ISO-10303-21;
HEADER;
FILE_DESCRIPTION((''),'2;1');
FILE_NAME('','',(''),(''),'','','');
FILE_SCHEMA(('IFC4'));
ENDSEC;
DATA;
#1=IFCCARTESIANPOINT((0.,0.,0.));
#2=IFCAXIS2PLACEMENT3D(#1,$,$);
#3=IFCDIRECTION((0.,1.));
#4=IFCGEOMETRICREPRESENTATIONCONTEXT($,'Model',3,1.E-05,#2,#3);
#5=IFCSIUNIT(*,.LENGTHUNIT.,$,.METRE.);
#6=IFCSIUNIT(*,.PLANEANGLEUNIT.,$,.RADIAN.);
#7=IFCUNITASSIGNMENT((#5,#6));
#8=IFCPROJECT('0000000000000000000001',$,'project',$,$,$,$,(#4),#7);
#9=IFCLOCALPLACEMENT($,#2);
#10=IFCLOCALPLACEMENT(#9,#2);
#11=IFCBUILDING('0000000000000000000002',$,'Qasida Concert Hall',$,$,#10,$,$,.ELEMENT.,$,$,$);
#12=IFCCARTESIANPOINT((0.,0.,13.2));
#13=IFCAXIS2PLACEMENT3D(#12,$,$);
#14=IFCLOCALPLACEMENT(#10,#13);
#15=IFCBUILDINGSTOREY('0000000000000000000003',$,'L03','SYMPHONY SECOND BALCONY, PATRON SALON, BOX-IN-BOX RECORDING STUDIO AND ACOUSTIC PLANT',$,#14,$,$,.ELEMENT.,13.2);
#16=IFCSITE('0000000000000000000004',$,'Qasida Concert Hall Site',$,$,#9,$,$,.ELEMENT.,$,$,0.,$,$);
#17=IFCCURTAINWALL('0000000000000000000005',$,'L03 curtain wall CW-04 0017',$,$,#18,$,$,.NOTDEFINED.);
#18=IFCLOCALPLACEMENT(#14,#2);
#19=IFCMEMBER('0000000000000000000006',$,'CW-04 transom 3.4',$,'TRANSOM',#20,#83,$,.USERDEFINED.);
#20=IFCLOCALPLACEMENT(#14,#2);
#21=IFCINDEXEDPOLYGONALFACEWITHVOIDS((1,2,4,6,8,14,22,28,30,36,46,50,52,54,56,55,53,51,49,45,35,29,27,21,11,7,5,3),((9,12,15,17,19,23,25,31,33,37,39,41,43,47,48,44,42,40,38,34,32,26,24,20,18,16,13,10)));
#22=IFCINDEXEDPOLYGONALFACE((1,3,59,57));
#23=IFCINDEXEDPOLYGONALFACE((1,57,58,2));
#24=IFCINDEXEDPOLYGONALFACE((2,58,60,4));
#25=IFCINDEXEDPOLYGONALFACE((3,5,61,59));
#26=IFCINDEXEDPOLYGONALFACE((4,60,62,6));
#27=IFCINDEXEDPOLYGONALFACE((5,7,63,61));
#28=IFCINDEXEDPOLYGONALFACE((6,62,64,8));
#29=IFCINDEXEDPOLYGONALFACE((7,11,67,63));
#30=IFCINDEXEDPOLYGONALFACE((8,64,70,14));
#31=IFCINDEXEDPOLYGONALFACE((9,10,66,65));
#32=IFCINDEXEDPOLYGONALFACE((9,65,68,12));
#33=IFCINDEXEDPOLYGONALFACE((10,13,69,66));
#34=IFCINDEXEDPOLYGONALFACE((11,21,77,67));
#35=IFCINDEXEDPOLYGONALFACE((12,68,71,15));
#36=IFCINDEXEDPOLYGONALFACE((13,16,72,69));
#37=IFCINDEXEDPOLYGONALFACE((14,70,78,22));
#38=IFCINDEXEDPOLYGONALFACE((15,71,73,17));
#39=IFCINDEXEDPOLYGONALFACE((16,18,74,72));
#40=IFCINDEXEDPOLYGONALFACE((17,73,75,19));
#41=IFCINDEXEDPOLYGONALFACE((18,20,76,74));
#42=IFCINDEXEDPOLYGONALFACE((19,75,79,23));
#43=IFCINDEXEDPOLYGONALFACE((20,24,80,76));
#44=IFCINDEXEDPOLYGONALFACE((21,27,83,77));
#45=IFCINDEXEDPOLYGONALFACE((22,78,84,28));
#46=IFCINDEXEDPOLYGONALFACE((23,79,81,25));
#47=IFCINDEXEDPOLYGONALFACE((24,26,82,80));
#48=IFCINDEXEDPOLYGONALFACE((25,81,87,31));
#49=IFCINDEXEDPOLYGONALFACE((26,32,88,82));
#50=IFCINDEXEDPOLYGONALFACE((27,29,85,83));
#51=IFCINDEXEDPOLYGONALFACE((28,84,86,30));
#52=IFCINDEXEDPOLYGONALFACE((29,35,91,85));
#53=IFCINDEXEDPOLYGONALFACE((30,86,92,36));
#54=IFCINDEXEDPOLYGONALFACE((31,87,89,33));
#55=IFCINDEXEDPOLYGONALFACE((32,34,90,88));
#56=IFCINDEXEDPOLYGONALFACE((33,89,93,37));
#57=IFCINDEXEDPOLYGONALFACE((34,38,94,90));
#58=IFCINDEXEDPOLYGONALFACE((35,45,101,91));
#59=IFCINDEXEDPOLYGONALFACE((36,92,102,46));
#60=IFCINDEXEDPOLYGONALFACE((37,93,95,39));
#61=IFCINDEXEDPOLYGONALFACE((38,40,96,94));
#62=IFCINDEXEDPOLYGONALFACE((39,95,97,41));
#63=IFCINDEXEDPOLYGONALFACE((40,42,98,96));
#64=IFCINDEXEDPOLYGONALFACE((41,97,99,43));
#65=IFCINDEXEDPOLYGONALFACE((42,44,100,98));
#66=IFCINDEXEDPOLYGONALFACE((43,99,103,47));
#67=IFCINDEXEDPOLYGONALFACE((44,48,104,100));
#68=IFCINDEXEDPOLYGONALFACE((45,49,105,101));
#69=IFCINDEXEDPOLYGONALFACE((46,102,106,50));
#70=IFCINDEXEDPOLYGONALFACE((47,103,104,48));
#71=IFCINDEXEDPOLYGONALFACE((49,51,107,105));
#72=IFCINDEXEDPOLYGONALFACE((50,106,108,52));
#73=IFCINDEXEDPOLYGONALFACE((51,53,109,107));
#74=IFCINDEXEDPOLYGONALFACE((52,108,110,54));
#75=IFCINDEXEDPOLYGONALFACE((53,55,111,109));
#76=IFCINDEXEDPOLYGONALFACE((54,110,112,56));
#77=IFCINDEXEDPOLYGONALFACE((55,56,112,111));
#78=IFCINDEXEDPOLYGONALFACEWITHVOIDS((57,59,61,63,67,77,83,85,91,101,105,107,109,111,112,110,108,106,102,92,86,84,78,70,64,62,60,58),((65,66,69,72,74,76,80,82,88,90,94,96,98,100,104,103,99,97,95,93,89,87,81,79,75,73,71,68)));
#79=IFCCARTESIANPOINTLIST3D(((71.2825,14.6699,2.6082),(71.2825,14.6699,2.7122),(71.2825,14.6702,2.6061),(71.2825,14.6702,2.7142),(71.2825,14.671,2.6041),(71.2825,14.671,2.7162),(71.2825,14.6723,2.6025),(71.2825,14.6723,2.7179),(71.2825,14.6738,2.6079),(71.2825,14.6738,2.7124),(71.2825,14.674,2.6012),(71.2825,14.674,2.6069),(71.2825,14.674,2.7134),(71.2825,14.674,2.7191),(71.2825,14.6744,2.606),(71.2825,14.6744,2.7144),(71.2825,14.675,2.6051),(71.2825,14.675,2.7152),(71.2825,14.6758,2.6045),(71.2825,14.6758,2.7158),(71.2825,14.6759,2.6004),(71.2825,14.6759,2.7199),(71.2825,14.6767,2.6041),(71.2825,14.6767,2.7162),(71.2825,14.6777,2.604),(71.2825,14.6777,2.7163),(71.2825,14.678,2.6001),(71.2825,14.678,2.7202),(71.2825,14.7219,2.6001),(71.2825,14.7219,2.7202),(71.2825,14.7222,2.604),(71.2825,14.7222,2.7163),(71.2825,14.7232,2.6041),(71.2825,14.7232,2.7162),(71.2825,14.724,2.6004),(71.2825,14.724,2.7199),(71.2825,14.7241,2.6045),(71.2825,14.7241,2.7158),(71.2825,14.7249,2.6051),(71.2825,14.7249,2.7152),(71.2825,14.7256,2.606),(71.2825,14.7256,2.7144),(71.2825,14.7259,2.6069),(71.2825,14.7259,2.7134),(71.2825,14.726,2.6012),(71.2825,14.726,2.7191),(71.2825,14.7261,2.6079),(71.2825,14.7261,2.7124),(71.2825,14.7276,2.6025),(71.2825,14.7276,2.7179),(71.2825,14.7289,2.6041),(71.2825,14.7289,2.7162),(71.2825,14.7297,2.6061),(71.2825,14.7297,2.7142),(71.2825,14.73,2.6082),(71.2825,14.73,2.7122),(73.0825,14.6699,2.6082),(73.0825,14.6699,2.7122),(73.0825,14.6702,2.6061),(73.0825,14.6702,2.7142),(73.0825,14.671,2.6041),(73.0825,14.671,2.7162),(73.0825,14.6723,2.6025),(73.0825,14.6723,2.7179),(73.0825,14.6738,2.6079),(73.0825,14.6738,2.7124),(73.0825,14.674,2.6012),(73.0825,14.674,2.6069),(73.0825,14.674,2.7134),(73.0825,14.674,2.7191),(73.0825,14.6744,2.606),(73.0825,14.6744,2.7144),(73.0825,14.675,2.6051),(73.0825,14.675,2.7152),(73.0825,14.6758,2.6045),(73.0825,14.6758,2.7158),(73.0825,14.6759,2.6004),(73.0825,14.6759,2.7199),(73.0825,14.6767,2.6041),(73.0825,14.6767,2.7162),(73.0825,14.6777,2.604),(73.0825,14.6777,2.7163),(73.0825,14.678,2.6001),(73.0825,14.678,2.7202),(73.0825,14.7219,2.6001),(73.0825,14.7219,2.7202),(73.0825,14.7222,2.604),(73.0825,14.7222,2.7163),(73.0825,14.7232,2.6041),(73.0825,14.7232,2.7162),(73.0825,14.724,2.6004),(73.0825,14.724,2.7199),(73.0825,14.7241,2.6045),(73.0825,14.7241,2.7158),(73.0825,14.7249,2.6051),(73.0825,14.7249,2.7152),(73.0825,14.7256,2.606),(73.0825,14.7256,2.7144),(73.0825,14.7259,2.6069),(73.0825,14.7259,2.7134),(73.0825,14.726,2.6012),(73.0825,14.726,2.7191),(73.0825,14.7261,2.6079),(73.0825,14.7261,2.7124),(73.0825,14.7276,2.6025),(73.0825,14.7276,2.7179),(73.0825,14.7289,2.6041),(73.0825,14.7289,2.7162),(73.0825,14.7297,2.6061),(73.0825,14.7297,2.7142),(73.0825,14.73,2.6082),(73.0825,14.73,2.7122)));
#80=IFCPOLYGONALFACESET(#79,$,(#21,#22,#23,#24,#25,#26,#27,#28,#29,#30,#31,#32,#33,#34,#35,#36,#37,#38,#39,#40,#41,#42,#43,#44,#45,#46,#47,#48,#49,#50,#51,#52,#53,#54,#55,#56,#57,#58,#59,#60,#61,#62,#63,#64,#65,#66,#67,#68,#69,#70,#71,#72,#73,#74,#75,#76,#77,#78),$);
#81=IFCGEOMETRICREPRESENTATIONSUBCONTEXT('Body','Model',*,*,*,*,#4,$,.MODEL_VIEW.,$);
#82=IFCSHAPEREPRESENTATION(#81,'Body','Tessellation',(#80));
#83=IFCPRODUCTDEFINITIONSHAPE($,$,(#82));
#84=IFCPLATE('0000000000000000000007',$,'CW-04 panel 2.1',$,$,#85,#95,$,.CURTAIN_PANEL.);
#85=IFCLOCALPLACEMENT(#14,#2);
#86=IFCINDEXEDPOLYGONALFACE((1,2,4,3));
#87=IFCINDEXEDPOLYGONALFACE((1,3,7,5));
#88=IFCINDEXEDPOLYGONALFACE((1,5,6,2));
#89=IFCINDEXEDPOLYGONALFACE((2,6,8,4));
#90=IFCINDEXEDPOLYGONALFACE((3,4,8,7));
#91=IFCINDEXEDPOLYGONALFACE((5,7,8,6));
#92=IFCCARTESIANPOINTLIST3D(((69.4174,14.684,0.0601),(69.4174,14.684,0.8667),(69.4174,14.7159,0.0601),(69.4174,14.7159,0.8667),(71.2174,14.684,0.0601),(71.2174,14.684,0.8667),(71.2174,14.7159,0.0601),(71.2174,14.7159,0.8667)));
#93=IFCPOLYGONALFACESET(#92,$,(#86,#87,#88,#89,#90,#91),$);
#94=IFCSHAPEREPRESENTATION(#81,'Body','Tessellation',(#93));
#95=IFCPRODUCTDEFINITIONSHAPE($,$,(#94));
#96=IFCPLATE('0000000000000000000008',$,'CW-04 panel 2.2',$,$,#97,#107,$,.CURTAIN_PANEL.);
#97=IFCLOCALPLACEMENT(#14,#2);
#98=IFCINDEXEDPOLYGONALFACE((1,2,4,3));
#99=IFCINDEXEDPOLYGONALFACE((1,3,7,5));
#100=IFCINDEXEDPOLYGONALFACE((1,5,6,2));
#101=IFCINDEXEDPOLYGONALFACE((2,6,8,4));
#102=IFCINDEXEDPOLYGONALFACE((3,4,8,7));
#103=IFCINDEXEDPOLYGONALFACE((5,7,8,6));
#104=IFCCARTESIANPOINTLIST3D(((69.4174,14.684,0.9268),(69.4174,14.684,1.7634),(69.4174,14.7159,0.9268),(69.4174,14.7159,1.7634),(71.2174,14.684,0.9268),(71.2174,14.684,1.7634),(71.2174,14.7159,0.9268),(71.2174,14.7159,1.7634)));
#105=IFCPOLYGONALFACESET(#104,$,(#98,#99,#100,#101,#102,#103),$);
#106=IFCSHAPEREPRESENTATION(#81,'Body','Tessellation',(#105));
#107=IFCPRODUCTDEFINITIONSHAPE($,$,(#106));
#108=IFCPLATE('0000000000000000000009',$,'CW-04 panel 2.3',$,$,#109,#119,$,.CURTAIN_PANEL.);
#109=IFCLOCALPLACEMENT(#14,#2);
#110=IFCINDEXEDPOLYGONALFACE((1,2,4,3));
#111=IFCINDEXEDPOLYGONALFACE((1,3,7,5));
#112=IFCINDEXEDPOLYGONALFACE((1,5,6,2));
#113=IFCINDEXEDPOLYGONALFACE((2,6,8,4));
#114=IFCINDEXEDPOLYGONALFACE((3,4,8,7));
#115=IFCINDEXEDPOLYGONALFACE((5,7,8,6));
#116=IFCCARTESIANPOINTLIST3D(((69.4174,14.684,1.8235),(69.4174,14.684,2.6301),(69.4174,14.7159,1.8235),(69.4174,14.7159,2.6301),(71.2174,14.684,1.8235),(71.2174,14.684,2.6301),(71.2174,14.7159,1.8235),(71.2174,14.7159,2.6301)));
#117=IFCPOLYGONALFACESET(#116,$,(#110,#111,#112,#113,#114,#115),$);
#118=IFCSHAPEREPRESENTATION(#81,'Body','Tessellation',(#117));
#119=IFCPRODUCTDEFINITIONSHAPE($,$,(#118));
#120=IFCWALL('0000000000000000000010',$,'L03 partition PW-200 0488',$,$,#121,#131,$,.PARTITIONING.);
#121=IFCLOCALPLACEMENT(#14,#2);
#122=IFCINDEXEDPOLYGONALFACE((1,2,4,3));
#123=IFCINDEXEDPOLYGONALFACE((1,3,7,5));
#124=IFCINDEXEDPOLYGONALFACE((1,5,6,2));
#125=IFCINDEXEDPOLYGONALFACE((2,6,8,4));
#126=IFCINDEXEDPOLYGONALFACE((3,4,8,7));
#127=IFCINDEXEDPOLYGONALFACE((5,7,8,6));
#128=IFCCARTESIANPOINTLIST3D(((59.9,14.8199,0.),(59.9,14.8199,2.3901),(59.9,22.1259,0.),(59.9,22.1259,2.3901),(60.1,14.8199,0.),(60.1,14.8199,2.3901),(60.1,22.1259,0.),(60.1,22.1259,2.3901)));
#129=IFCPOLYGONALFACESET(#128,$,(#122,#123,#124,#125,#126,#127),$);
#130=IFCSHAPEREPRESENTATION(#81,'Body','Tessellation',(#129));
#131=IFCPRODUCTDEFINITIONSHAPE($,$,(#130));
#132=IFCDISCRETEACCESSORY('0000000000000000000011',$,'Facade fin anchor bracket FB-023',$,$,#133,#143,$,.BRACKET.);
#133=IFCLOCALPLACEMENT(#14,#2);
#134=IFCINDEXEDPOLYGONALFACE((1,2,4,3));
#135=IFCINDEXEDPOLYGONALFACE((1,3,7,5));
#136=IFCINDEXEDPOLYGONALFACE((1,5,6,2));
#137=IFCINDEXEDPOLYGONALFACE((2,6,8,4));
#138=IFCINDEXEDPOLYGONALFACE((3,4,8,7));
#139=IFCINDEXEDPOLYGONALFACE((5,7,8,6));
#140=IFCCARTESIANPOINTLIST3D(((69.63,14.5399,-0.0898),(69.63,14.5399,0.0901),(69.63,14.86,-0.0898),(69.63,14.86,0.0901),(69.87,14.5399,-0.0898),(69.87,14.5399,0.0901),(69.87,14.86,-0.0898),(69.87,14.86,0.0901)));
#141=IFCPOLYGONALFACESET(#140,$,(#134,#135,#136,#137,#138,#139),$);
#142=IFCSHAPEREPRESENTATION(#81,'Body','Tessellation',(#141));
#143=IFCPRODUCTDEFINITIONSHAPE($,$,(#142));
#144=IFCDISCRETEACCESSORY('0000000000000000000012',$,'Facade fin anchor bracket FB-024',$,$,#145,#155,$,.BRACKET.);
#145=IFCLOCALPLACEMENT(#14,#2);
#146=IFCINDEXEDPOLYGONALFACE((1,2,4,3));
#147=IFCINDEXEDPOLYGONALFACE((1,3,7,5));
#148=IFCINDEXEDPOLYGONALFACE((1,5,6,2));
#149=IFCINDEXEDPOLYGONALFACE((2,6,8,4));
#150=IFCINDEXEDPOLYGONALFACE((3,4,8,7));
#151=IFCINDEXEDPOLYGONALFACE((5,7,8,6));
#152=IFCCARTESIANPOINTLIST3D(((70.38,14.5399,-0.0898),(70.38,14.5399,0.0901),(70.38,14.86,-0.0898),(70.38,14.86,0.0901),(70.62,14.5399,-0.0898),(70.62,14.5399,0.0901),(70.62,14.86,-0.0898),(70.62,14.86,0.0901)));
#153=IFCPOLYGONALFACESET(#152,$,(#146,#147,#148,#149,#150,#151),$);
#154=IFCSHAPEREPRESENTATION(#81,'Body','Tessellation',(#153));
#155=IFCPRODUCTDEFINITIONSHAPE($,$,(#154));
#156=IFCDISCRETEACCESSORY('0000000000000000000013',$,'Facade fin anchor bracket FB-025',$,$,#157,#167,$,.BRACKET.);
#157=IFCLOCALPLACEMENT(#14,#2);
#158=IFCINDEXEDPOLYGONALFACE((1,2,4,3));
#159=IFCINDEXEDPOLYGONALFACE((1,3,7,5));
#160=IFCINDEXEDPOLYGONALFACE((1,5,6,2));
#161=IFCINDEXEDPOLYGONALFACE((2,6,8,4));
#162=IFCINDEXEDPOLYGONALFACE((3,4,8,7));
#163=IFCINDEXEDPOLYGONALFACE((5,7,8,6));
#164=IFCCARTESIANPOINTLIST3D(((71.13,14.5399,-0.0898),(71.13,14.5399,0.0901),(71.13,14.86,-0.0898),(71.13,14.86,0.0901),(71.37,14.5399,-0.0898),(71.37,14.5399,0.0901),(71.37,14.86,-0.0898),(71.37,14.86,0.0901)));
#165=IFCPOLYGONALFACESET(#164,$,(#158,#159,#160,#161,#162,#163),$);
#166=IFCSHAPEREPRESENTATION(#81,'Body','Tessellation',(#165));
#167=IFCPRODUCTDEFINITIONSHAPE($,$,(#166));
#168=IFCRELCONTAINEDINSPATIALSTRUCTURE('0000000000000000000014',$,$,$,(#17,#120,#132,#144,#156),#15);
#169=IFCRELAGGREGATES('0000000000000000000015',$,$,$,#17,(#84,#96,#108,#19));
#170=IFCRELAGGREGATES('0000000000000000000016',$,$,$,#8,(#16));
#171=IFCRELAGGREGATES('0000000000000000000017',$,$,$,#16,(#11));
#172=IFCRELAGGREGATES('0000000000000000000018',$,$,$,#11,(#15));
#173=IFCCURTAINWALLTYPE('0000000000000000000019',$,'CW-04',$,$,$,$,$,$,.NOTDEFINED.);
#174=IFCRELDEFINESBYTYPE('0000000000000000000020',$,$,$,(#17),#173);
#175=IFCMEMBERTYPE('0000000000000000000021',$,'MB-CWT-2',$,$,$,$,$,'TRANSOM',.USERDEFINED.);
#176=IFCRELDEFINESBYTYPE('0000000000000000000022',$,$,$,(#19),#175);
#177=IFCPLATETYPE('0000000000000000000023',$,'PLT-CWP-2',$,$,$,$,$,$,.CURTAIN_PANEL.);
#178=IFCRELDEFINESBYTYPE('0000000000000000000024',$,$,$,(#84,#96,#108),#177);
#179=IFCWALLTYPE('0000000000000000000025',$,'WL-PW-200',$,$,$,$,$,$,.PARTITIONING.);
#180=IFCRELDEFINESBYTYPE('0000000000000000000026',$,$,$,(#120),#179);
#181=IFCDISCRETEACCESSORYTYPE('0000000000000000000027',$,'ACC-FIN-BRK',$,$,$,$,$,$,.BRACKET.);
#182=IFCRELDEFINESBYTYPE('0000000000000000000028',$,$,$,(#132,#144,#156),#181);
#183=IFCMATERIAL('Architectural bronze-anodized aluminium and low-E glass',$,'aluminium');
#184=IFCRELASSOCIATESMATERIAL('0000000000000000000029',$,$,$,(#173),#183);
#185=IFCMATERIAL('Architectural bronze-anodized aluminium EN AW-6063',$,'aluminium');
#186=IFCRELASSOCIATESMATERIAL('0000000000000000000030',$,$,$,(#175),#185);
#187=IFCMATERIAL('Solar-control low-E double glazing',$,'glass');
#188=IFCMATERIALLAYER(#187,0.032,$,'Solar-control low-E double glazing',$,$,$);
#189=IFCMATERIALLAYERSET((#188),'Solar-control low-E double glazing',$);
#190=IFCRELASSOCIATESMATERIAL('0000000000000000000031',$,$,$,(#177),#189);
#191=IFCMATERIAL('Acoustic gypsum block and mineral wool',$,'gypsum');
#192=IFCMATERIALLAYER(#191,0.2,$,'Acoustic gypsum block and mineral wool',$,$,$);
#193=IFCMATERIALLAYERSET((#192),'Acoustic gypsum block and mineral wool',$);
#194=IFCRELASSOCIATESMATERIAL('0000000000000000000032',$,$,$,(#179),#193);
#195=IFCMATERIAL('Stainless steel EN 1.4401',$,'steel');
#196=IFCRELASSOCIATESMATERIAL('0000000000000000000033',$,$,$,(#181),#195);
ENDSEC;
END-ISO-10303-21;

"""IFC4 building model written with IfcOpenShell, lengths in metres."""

from ifc_helpers import new_model, si_unit, direction, frame, frame_2d, origin, origin_2d, place, context, subcontext, project, spatial, rectangle, hollow_rectangle, extrude, material, layer, layer_set, material_profile, profile_set, type_object, element, aggregate, save


model = new_model("IFC4")

# Units and contexts
model_context = context("Model", 3, precision=1e-05, world=origin(), true_north=direction((0.0, 1.0)))
body_context = subcontext(model_context, "Body", "Model", "MODEL_VIEW")
ifc_project = project(units=[si_unit("LENGTHUNIT", "METRE"), si_unit("PLANEANGLEUNIT", "RADIAN")], contexts=[model_context])

# Site, building, storey
site_placement = place(None, origin())
site = spatial("IfcSite", under=ifc_project, at=site_placement, Name="Qasida Concert Hall Site", CompositionType="ELEMENT", RefElevation=0.0)
building_placement = place(site_placement, origin())
building = spatial("IfcBuilding", under=site, at=building_placement, Name="Qasida Concert Hall", CompositionType="ELEMENT")
storey_placement = place(building_placement, frame((0.0, 0.0, 13.2)))
storey = spatial("IfcBuildingStorey", under=building, at=storey_placement, Name="L03", Description="SYMPHONY SECOND BALCONY, PATRON SALON, BOX-IN-BOX RECORDING STUDIO AND ACOUSTIC PLANT", CompositionType="ELEMENT", Elevation=13.2)

# Curtain wall, member, plates
ifc_material_1 = material(Name="Architectural bronze-anodized aluminium and low-E glass", Category="aluminium")
curtain_wall_type = type_object("IfcCurtainWallType", Name="CW-04", PredefinedType="NOTDEFINED", material=ifc_material_1)
curtain_wall_placement = place(storey_placement, origin())
curtain_wall = element("IfcCurtainWall", 1, at=curtain_wall_placement, inside=storey, type_object=curtain_wall_type, Name="L03 curtain wall CW-04 0017", PredefinedType="NOTDEFINED")
ifc_material_2 = material(Name="Architectural bronze-anodized aluminium EN AW-6063", Category="aluminium")
ifc_material_profile_1 = material_profile(ifc_material_2, hollow_rectangle(XDim=0.0601, YDim=0.1201, WallThickness=0.0039, InnerFilletRadius=0.0039, OuterFilletRadius=0.0081, at=origin_2d()), Name="CWT 120x60x4")
ifc_profile_set_1 = profile_set([ifc_material_profile_1], Name="Architectural bronze-anodized aluminium EN AW-6063")
member_type_1 = type_object("IfcMemberType", Name="MB-CWT-2", ElementType="TRANSOM", PredefinedType="USERDEFINED", material=ifc_profile_set_1)
member_1_placement = place(storey_placement, frame((71.2825, 14.7, 2.6602), z_axis=(1.0, 0.0, 0.0), x_axis=(0.0, 1.0, 0.0)))
member_1 = element("IfcMember", 2, at=member_1_placement, type_object=member_type_1, Name="CW-04 transom 3.4", ObjectType="TRANSOM", PredefinedType="USERDEFINED", context=body_context, shape_type="SweptSolid", body=[
    extrude(hollow_rectangle(XDim=0.0601, YDim=0.1201, WallThickness=0.0039, InnerFilletRadius=0.0039, OuterFilletRadius=0.0081, at=origin_2d()), origin(), (0.0, 0.0, 1.0), 1.8),
])
ifc_material_3 = material(Name="Solar-control low-E double glazing", Category="glass")
ifc_layer_1 = layer(ifc_material_3, 0.032, Name="Solar-control low-E double glazing")
ifc_layer_set_1 = layer_set([ifc_layer_1], Name="Solar-control low-E double glazing")
plate_type = type_object("IfcPlateType", Name="PLT-CWP-2", PredefinedType="CURTAIN_PANEL", material=ifc_layer_set_1)
plate_1_placement = place(storey_placement, frame((70.3174, 14.7, 0.0601), z_axis=(0.0, 0.0, 1.0), x_axis=(1.0, 0.0, 0.0)))
plate_1 = element("IfcPlate", 3, at=plate_1_placement, type_object=plate_type, Name="CW-04 panel 2.1", PredefinedType="CURTAIN_PANEL", context=body_context, shape_type="SweptSolid", body=[
    extrude(rectangle(XDim=1.8, YDim=0.032, at=origin_2d()), origin(), (0.0, 0.0, 1.0), 0.8066),
])
plate_2_placement = place(storey_placement, frame((70.3174, 14.7, 0.9268), z_axis=(0.0, 0.0, 1.0), x_axis=(1.0, 0.0, 0.0)))
plate_2 = element("IfcPlate", 4, at=plate_2_placement, type_object=plate_type, Name="CW-04 panel 2.2", PredefinedType="CURTAIN_PANEL", context=body_context, shape_type="SweptSolid", body=[
    extrude(rectangle(XDim=1.8, YDim=0.032, at=origin_2d()), origin(), (0.0, 0.0, 1.0), 0.8367),
])
plate_3_placement = place(storey_placement, frame((70.3174, 14.7, 1.8235), z_axis=(0.0, 0.0, 1.0), x_axis=(1.0, 0.0, 0.0)))
plate_3 = element("IfcPlate", 5, at=plate_3_placement, type_object=plate_type, Name="CW-04 panel 2.3", PredefinedType="CURTAIN_PANEL", context=body_context, shape_type="SweptSolid", body=[
    extrude(rectangle(XDim=1.8, YDim=0.032, at=origin_2d()), origin(), (0.0, 0.0, 1.0), 0.8066),
])
aggregate(curtain_wall, [plate_1, plate_2, plate_3, member_1])

# Wall
ifc_material_4 = material(Name="Acoustic gypsum block and mineral wool", Category="gypsum")
ifc_layer_2 = layer(ifc_material_4, 0.2, Name="Acoustic gypsum block and mineral wool")
ifc_layer_set_2 = layer_set([ifc_layer_2], Name="Acoustic gypsum block and mineral wool")
wall_type = type_object("IfcWallType", Name="WL-PW-200", PredefinedType="PARTITIONING", material=ifc_layer_set_2)
wall_placement = place(storey_placement, frame((60.0, 14.8201, 0.0), z_axis=(0.0, 0.0, 1.0), x_axis=(0.0, 1.0, 0.0)))
element("IfcWall", 6, at=wall_placement, inside=storey, type_object=wall_type, Name="L03 partition PW-200 0488", PredefinedType="PARTITIONING", context=body_context, shape_type="SweptSolid", body=[
    extrude(rectangle(XDim=7.3059, YDim=0.2, at=frame_2d((3.6528, 0.0))), origin(), (0.0, 0.0, 1.0), 2.3901),
])

# Discrete accessories
ifc_material_5 = material(Name="Stainless steel EN 1.4401", Category="steel")
discrete_accessory_type = type_object("IfcDiscreteAccessoryType", Name="ACC-FIN-BRK", PredefinedType="BRACKET", material=ifc_material_5)
for number, where, z_axis, x_axis, name in (
    (7, (69.75, 14.7, -0.0898), (0.0, 0.0, 1.0), (1.0, 0.0, 0.0), "Facade fin anchor bracket FB-023"),
    (8, (70.5, 14.7, -0.0898), (0.0, 0.0, 1.0), (1.0, 0.0, 0.0), "Facade fin anchor bracket FB-024"),
    (9, (71.25, 14.7, -0.0898), (0.0, 0.0, 1.0), (1.0, 0.0, 0.0), "Facade fin anchor bracket FB-025"),
):
    element("IfcDiscreteAccessory", number, at=place(storey_placement, frame(where, z_axis=z_axis, x_axis=x_axis)), inside=storey, type_object=discrete_accessory_type, Name=name, PredefinedType="BRACKET", context=body_context, shape_type="SweptSolid", body=[
        extrude(rectangle(XDim=0.24, YDim=0.3201, at=origin_2d()), origin(), (0.0, 0.0, 1.0), 0.1799),
    ])

save(model, "model.ifc")
